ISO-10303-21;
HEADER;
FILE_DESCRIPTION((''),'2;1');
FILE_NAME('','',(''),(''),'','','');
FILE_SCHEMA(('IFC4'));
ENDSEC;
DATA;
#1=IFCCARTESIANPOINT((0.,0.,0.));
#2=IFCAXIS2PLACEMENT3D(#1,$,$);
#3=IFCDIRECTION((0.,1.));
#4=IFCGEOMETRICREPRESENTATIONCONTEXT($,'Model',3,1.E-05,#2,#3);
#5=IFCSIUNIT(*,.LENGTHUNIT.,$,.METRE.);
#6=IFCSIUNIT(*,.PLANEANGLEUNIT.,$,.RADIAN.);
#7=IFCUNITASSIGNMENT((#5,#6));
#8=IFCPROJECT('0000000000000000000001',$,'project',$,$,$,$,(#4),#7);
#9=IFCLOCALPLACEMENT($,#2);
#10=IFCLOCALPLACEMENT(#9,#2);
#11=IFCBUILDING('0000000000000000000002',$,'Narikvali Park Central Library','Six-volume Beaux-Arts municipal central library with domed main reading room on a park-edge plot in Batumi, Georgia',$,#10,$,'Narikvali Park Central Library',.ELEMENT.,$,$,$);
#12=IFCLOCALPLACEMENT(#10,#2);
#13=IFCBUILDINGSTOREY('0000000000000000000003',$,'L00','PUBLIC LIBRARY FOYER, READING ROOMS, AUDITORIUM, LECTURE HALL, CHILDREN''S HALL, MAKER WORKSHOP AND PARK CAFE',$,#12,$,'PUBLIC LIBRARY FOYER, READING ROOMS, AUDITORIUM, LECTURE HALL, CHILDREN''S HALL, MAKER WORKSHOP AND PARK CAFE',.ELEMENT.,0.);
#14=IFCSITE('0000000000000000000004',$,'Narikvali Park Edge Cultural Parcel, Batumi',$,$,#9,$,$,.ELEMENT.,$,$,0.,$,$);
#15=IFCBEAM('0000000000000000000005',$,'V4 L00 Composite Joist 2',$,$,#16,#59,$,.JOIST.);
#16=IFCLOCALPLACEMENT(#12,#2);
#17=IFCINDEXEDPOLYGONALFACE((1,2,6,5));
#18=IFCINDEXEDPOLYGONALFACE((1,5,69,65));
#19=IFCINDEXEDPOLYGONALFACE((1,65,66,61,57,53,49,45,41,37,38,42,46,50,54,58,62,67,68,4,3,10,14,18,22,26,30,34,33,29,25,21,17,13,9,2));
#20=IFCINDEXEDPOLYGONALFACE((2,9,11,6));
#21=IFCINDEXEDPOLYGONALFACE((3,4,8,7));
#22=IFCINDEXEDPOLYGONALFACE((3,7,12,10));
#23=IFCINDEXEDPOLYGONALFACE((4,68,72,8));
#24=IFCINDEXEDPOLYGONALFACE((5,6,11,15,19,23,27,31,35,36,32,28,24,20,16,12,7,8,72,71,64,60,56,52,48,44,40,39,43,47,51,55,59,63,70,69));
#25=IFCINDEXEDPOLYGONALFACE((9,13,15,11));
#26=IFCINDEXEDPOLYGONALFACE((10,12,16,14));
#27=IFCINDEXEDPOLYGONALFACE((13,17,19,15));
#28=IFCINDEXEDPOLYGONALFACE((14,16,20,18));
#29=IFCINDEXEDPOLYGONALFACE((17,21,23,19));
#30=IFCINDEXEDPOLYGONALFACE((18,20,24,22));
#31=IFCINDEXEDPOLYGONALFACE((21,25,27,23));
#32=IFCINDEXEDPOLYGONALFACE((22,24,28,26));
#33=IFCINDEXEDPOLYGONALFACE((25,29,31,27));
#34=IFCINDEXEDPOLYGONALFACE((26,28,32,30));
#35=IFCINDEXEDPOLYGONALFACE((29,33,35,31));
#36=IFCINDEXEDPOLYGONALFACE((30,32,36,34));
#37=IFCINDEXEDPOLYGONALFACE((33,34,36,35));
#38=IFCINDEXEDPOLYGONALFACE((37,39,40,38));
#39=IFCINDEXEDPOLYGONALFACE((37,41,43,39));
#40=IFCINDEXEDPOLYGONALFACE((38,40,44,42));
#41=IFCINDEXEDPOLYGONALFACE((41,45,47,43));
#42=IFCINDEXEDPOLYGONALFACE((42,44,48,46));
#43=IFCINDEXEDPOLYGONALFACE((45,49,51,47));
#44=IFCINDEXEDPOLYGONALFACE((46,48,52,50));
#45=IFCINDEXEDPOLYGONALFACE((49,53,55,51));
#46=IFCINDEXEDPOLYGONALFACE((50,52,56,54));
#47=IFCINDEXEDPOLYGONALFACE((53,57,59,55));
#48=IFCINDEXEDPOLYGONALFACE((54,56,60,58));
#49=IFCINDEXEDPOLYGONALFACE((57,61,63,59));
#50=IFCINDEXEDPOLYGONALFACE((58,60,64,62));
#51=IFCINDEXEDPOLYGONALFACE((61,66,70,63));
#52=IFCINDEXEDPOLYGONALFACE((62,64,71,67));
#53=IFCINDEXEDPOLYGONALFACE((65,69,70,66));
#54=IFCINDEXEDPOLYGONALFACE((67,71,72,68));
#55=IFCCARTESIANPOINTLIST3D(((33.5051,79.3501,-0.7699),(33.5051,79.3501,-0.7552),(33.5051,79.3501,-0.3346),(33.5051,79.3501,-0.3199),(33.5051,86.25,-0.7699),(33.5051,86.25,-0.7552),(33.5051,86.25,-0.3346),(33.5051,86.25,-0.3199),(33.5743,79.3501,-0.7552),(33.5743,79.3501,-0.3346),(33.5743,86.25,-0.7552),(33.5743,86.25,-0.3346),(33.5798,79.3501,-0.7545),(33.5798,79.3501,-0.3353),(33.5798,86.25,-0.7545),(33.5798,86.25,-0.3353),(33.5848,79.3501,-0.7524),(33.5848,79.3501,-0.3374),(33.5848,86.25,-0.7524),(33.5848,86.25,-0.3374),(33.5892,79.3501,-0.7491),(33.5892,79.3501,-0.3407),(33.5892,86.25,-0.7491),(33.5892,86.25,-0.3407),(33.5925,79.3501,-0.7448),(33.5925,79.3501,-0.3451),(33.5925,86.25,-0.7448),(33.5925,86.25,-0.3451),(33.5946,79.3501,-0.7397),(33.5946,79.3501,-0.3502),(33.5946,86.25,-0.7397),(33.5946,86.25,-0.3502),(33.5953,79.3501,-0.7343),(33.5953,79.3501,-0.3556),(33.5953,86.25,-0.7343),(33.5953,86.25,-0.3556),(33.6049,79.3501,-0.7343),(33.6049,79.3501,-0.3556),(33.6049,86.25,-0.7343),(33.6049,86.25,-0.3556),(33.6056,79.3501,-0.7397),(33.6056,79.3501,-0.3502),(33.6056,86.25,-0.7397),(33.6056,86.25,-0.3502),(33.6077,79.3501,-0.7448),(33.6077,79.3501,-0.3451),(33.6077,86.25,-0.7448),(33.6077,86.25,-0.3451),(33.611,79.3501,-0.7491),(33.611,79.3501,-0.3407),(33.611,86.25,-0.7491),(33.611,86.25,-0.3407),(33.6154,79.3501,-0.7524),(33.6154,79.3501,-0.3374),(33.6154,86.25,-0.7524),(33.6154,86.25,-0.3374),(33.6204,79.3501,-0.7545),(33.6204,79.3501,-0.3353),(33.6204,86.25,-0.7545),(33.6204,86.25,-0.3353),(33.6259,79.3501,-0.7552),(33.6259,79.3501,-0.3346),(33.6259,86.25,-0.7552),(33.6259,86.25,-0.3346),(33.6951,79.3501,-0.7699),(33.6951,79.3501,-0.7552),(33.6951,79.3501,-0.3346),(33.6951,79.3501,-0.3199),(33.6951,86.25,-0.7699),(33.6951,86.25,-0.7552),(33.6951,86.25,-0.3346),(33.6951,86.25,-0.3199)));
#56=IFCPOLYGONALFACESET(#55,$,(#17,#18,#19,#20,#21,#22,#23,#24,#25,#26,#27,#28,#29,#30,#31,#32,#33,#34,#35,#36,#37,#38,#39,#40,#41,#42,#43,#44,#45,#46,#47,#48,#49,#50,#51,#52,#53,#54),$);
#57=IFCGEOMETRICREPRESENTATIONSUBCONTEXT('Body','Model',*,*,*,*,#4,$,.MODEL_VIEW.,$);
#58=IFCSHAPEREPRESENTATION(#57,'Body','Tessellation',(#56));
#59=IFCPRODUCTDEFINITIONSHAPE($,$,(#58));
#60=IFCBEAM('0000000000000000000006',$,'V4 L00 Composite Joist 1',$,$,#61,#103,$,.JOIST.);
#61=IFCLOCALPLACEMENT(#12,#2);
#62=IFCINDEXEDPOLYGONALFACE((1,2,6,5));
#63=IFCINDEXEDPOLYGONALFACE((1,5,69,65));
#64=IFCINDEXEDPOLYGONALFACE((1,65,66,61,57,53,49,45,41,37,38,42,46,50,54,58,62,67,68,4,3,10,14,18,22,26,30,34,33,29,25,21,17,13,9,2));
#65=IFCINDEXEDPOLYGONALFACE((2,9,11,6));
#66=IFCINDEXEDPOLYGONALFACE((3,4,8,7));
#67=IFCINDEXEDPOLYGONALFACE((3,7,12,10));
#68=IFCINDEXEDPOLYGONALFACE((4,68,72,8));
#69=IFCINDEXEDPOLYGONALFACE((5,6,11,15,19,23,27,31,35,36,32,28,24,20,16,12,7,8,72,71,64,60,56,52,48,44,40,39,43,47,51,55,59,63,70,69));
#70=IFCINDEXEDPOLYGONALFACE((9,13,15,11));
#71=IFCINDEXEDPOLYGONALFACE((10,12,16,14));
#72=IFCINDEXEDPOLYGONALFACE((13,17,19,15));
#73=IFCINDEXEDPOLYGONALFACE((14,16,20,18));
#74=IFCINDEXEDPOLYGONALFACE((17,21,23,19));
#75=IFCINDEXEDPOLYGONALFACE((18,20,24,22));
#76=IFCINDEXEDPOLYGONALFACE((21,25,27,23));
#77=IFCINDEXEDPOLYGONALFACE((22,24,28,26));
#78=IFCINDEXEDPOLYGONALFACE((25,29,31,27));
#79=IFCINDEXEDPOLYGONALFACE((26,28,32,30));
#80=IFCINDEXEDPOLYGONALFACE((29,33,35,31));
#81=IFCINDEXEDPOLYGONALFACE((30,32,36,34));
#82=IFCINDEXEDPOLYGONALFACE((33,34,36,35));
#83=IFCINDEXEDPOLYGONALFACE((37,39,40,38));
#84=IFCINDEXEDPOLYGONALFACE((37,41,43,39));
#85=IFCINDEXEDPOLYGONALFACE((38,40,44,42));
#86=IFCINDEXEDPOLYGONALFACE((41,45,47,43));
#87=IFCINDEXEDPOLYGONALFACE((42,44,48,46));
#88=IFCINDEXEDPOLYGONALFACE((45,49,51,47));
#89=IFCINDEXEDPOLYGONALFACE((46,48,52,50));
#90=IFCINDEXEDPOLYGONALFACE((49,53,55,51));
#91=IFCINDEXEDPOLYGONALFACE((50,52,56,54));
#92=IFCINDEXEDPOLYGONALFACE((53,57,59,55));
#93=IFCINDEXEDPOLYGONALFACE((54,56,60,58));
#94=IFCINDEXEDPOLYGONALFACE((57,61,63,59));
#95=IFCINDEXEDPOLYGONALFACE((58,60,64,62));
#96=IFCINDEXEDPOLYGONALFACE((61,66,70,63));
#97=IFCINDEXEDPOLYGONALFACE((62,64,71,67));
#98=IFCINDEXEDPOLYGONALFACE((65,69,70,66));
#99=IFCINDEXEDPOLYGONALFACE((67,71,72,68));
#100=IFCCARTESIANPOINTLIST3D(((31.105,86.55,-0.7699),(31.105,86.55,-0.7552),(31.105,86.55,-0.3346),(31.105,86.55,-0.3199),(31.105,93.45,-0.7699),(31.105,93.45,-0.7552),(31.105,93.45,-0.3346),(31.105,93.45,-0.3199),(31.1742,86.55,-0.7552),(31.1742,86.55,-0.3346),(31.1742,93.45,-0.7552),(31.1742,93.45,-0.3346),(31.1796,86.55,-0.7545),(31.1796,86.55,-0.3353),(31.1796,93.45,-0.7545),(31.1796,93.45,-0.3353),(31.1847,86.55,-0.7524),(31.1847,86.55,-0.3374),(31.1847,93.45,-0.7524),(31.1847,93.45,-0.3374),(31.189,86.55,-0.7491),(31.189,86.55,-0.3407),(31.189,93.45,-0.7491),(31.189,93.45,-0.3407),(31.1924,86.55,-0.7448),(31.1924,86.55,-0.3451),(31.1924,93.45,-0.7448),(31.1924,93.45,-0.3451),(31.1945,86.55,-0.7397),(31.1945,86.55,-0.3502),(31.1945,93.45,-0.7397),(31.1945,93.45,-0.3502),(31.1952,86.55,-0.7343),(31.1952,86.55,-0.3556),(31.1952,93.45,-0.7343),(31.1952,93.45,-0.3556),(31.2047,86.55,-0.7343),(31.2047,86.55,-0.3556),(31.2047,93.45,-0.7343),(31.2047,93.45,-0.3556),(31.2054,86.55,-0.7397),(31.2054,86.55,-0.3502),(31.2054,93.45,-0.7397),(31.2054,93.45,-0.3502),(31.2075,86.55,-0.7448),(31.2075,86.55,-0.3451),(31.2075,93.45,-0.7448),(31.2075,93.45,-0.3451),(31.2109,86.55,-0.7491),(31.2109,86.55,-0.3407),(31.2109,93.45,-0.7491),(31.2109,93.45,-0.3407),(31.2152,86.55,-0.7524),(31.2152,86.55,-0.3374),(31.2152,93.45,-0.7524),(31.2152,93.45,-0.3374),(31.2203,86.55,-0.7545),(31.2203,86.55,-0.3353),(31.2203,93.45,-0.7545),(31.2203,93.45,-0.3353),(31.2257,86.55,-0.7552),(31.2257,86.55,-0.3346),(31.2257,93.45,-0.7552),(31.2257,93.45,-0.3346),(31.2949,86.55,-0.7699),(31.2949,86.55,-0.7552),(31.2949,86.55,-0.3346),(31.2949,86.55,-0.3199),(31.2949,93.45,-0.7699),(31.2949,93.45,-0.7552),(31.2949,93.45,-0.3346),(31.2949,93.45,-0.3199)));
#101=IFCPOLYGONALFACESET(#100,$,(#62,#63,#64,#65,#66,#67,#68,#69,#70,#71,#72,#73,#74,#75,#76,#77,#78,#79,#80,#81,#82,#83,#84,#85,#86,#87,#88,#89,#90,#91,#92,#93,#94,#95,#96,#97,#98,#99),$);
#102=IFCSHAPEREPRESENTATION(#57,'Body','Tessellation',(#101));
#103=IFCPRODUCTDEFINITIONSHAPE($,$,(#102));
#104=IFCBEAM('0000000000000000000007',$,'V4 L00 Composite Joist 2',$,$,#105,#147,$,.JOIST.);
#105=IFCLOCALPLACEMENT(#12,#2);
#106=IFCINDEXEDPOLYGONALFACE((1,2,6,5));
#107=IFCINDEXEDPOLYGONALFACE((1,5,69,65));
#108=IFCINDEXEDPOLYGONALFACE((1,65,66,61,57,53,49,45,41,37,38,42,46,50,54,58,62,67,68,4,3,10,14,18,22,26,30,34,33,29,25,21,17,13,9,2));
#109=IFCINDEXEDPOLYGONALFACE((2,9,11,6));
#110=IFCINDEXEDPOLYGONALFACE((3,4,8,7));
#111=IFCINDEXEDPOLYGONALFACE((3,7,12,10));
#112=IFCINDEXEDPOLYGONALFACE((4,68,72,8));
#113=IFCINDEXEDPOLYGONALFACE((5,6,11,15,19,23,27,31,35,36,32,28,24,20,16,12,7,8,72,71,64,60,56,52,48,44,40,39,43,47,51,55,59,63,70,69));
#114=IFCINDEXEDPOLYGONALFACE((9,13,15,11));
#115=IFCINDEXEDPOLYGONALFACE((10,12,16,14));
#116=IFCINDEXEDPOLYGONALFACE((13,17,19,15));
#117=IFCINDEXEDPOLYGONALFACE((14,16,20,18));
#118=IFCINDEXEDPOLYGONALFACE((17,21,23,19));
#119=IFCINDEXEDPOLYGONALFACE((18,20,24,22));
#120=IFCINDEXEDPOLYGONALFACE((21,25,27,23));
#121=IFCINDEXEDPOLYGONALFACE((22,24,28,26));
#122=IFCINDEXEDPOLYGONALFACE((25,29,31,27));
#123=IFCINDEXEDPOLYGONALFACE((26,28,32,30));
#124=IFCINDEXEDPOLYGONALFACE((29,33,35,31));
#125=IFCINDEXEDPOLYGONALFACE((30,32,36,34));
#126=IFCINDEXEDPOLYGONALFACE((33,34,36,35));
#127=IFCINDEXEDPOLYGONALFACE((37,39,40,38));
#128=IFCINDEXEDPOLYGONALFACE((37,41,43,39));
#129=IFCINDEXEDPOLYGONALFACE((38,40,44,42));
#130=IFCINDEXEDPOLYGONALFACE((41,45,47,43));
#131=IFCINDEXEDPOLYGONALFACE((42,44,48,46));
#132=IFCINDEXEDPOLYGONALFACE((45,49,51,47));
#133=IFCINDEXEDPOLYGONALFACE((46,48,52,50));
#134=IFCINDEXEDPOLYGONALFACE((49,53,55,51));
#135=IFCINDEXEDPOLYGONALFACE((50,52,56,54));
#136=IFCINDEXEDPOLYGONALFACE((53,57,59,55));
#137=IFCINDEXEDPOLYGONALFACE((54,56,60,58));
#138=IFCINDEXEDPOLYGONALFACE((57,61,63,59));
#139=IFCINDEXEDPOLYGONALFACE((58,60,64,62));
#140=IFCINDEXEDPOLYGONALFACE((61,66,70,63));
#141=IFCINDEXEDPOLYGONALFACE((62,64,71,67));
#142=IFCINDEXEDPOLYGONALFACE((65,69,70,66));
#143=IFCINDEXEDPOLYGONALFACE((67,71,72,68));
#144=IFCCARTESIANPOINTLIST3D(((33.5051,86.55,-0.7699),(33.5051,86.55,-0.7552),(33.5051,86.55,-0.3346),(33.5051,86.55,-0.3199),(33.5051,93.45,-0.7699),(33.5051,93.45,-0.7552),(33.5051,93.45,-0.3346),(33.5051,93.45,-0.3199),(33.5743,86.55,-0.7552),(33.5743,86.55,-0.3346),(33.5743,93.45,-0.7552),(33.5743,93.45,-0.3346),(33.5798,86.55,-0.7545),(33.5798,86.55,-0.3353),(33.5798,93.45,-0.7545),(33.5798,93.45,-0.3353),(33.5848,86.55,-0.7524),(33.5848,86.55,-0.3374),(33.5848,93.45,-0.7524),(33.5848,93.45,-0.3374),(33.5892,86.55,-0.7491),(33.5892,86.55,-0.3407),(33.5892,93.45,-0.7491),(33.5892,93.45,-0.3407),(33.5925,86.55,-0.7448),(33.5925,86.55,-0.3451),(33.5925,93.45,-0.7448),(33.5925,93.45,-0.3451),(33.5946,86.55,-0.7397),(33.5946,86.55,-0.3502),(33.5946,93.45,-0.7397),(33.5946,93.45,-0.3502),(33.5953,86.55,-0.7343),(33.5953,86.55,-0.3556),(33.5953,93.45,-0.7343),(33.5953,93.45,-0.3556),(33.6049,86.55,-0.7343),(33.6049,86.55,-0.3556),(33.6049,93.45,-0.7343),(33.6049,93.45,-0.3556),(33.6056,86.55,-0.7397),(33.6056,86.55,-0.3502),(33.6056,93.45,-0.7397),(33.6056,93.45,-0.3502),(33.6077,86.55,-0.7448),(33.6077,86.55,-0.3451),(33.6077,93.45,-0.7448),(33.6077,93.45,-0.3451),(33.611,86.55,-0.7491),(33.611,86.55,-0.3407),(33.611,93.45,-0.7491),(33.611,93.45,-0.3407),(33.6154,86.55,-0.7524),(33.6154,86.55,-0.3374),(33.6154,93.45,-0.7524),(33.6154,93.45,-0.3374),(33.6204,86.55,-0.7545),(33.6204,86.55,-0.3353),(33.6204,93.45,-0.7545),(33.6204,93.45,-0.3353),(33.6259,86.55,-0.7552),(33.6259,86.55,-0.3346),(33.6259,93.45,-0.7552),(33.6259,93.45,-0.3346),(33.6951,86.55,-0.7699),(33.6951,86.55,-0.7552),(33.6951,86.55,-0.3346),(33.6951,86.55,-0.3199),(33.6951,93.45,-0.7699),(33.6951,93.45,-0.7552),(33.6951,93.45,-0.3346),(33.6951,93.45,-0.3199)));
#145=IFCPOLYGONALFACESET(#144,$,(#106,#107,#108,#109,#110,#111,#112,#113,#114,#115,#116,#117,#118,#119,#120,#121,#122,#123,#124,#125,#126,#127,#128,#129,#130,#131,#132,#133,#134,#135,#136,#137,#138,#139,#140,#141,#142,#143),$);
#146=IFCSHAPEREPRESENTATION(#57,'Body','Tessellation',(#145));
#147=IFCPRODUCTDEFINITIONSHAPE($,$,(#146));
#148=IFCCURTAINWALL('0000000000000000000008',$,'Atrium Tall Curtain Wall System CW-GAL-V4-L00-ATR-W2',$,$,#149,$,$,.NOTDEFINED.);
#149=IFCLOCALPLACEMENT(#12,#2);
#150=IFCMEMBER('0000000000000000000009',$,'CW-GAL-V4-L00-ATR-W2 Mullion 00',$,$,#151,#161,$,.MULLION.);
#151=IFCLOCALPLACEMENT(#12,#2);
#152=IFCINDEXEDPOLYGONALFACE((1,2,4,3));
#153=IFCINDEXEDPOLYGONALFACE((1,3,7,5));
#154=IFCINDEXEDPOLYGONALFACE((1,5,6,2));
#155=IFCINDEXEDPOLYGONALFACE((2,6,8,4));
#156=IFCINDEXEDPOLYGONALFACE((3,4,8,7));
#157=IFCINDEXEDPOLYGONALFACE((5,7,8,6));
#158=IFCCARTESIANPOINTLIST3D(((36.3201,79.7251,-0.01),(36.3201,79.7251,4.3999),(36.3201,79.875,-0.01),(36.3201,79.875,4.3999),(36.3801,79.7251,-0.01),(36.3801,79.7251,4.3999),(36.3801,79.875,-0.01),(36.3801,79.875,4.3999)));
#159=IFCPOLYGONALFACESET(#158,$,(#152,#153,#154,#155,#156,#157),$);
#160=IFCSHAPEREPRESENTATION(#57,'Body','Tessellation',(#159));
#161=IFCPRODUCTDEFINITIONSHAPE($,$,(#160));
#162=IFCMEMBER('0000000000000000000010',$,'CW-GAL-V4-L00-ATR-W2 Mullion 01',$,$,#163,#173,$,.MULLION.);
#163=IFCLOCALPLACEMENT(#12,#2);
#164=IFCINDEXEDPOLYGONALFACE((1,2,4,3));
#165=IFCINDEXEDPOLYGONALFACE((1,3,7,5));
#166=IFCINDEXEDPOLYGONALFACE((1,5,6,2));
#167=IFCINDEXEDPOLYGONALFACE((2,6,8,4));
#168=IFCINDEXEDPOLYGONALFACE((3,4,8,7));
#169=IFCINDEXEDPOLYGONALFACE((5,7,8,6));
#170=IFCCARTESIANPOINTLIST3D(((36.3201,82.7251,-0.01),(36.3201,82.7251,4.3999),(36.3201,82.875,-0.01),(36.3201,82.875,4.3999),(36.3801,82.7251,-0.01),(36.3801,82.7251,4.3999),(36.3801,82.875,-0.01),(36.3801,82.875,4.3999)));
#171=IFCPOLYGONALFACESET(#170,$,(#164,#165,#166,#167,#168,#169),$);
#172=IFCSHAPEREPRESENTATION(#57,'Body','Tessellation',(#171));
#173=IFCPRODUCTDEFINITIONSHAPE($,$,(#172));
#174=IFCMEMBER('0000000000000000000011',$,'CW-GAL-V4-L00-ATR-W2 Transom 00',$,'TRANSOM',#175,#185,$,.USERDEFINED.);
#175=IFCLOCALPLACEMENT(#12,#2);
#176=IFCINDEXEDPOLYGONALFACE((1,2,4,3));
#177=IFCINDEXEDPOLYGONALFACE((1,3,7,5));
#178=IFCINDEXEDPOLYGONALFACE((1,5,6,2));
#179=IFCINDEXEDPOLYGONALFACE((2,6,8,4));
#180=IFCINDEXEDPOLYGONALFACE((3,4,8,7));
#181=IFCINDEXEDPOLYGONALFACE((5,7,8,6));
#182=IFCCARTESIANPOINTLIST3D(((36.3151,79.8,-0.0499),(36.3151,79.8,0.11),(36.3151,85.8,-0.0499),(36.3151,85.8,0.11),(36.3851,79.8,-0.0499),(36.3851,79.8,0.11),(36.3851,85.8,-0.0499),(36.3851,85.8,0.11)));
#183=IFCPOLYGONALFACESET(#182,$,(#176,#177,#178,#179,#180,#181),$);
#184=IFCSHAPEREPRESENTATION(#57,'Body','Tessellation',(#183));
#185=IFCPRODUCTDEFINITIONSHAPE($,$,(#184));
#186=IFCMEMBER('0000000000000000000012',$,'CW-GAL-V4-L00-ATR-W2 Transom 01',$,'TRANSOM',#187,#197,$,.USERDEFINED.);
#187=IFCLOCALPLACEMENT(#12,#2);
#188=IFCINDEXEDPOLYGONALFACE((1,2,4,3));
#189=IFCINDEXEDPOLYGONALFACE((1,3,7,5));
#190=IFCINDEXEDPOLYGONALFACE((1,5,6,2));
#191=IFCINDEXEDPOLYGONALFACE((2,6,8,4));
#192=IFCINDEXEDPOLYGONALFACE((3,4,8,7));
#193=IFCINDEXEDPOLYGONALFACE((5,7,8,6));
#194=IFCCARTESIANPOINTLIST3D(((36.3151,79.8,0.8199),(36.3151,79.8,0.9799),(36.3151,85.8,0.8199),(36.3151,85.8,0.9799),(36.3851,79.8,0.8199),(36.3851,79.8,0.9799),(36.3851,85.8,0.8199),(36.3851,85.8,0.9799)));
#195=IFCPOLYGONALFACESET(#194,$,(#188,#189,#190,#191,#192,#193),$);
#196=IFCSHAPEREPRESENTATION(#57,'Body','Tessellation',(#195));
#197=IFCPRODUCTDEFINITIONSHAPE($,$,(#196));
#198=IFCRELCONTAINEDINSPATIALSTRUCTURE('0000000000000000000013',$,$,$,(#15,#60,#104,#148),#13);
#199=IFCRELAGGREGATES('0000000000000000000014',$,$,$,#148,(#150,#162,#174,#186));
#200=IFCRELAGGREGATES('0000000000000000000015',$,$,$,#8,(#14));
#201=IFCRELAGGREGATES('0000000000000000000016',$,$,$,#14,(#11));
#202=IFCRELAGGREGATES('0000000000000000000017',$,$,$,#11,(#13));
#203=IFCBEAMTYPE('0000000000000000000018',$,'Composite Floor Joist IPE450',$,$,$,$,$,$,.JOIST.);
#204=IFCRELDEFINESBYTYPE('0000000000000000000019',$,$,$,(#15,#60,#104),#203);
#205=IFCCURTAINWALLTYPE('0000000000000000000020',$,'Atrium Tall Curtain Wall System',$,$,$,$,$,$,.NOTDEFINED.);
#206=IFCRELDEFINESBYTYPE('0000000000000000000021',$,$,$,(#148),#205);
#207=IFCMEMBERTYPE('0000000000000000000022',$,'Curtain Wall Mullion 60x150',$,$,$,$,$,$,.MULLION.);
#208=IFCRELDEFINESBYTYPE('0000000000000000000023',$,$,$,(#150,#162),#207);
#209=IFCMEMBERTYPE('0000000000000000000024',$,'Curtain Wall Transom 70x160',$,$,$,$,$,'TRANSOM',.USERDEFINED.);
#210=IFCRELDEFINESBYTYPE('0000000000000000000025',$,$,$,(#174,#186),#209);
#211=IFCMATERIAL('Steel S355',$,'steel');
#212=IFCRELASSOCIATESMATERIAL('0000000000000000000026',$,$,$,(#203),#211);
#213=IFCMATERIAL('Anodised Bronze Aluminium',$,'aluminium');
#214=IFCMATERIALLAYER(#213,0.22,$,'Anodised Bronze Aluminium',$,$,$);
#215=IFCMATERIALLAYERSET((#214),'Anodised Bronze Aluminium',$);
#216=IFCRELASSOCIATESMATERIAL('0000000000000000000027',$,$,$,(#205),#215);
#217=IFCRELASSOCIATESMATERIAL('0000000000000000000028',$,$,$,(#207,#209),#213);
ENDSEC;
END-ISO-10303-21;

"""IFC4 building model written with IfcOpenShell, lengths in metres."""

from ifc_helpers import new_model, si_unit, direction, frame, origin, origin_2d, place, context, subcontext, project, spatial, rectangle, i_section, extrude, material, layer, layer_set, material_profile, profile_set, type_object, element, aggregate, save


model = new_model("IFC4")

# Units and contexts
model_context = context("Model", 3, precision=1e-05, world=origin(), true_north=direction((0.0, 1.0)))
body_context = subcontext(model_context, "Body", "Model", "MODEL_VIEW")
ifc_project = project(units=[si_unit("LENGTHUNIT", "METRE"), si_unit("PLANEANGLEUNIT", "RADIAN")], contexts=[model_context])

# Site, building, storey
site_placement = place(None, origin())
site = spatial("IfcSite", under=ifc_project, at=site_placement, Name="Narikvali Park Edge Cultural Parcel, Batumi", CompositionType="ELEMENT", RefElevation=0.0)
building_placement = place(site_placement, origin())
building = spatial("IfcBuilding", under=site, at=building_placement, Name="Narikvali Park Central Library", Description="Six-volume Beaux-Arts municipal central library with domed main reading room on a park-edge plot in Batumi, Georgia", LongName="Narikvali Park Central Library", CompositionType="ELEMENT")
storey_placement = place(building_placement, origin())
storey = spatial("IfcBuildingStorey", under=building, at=storey_placement, Name="L00", Description="PUBLIC LIBRARY FOYER, READING ROOMS, AUDITORIUM, LECTURE HALL, CHILDREN'S HALL, MAKER WORKSHOP AND PARK CAFE", LongName="PUBLIC LIBRARY FOYER, READING ROOMS, AUDITORIUM, LECTURE HALL, CHILDREN'S HALL, MAKER WORKSHOP AND PARK CAFE", CompositionType="ELEMENT", Elevation=0.0)

# Shared definitions
ifc_material_1 = material(Name="Steel S355", Category="steel")

# Beams
ifc_material_profile_1 = material_profile(ifc_material_1, i_section(OverallWidth=0.1899, OverallDepth=0.45, WebThickness=0.0095, FlangeThickness=0.0146, FilletRadius=0.021, at=origin_2d()), Name="IPE 450")
ifc_profile_set_1 = profile_set([ifc_material_profile_1], Name="Steel S355")
beam_type_1 = type_object("IfcBeamType", Name="Composite Floor Joist IPE450", PredefinedType="JOIST", material=ifc_profile_set_1)
for number, where, z_axis, x_axis, name in (
    (1, (33.6001, 79.3501, -0.5449), (0.0, 1.0, 0.0), (-1.0, 0.0, 0.0), "V4 L00 Composite Joist 2"),
    (2, (31.2, 86.55, -0.5449), (0.0, 1.0, 0.0), (-1.0, 0.0, 0.0), "V4 L00 Composite Joist 1"),
    (3, (33.6001, 86.55, -0.5449), (0.0, 1.0, 0.0), (-1.0, 0.0, 0.0), "V4 L00 Composite Joist 2"),
):
    element("IfcBeam", number, at=place(storey_placement, frame(where, z_axis=z_axis, x_axis=x_axis)), inside=storey, type_object=beam_type_1, Name=name, PredefinedType="JOIST", context=body_context, shape_type="SweptSolid", body=[
        extrude(i_section(OverallWidth=0.1899, OverallDepth=0.45, WebThickness=0.0095, FlangeThickness=0.0146, FilletRadius=0.021, at=origin_2d()), origin(), (0.0, 0.0, 1.0), 6.8999),
    ])

# Curtain wall, members
ifc_material_2 = material(Name="Anodised Bronze Aluminium", Category="aluminium")
ifc_layer_1 = layer(ifc_material_2, 0.22, Name="Anodised Bronze Aluminium")
ifc_layer_set_1 = layer_set([ifc_layer_1], Name="Anodised Bronze Aluminium")
curtain_wall_type = type_object("IfcCurtainWallType", Name="Atrium Tall Curtain Wall System", PredefinedType="NOTDEFINED", material=ifc_layer_set_1)
curtain_wall_placement = place(storey_placement, origin())
curtain_wall = element("IfcCurtainWall", 4, at=curtain_wall_placement, inside=storey, type_object=curtain_wall_type, Name="Atrium Tall Curtain Wall System CW-GAL-V4-L00-ATR-W2", PredefinedType="NOTDEFINED")
ifc_material_profile_2 = material_profile(ifc_material_2, rectangle(XDim=0.0601, YDim=0.1499, at=origin_2d()), Name="CW MULLION 60x150")
ifc_profile_set_2 = profile_set([ifc_material_profile_2], Name="Anodised Bronze Aluminium")
member_type_1 = type_object("IfcMemberType", Name="Curtain Wall Mullion 60x150", PredefinedType="MULLION", material=ifc_profile_set_2)
member_1_placement = place(storey_placement, frame((36.3501, 79.8, -0.01), z_axis=(0.0, 0.0, 1.0), x_axis=(1.0, 0.0, 0.0)))
member_1 = element("IfcMember", 5, at=member_1_placement, type_object=member_type_1, Name="CW-GAL-V4-L00-ATR-W2 Mullion 00", PredefinedType="MULLION", context=body_context, shape_type="SweptSolid", body=[
    extrude(rectangle(XDim=0.0601, YDim=0.1499, at=origin_2d()), origin(), (0.0, 0.0, 1.0), 4.4099),
])
member_2_placement = place(storey_placement, frame((36.3501, 82.8, -0.01), z_axis=(0.0, 0.0, 1.0), x_axis=(1.0, 0.0, 0.0)))
member_2 = element("IfcMember", 6, at=member_2_placement, type_object=member_type_1, Name="CW-GAL-V4-L00-ATR-W2 Mullion 01", PredefinedType="MULLION", context=body_context, shape_type="SweptSolid", body=[
    extrude(rectangle(XDim=0.0601, YDim=0.1499, at=origin_2d()), origin(), (0.0, 0.0, 1.0), 4.4099),
])
ifc_material_profile_3 = material_profile(ifc_material_2, rectangle(XDim=0.0701, YDim=0.1599, at=origin_2d()), Name="CW TRANSOM 70x160")
ifc_profile_set_3 = profile_set([ifc_material_profile_3], Name="Anodised Bronze Aluminium")
member_type_2 = type_object("IfcMemberType", Name="Curtain Wall Transom 70x160", ElementType="TRANSOM", PredefinedType="USERDEFINED", material=ifc_profile_set_3)
member_3_placement = place(storey_placement, frame((36.3501, 79.8, 0.03), z_axis=(0.0, 1.0, 0.0), x_axis=(-1.0, 0.0, 0.0)))
member_3 = element("IfcMember", 7, at=member_3_placement, type_object=member_type_2, Name="CW-GAL-V4-L00-ATR-W2 Transom 00", ObjectType="TRANSOM", PredefinedType="USERDEFINED", context=body_context, shape_type="SweptSolid", body=[
    extrude(rectangle(XDim=0.0701, YDim=0.1599, at=origin_2d()), origin(), (0.0, 0.0, 1.0), 6.0),
])
member_4_placement = place(storey_placement, frame((36.3501, 79.8, 0.8999), z_axis=(0.0, 1.0, 0.0), x_axis=(-1.0, 0.0, 0.0)))
member_4 = element("IfcMember", 8, at=member_4_placement, type_object=member_type_2, Name="CW-GAL-V4-L00-ATR-W2 Transom 01", ObjectType="TRANSOM", PredefinedType="USERDEFINED", context=body_context, shape_type="SweptSolid", body=[
    extrude(rectangle(XDim=0.0701, YDim=0.1599, at=origin_2d()), origin(), (0.0, 0.0, 1.0), 6.0),
])

aggregate(curtain_wall, [member_1, member_2, member_3, member_4])

save(model, "model.ifc")
